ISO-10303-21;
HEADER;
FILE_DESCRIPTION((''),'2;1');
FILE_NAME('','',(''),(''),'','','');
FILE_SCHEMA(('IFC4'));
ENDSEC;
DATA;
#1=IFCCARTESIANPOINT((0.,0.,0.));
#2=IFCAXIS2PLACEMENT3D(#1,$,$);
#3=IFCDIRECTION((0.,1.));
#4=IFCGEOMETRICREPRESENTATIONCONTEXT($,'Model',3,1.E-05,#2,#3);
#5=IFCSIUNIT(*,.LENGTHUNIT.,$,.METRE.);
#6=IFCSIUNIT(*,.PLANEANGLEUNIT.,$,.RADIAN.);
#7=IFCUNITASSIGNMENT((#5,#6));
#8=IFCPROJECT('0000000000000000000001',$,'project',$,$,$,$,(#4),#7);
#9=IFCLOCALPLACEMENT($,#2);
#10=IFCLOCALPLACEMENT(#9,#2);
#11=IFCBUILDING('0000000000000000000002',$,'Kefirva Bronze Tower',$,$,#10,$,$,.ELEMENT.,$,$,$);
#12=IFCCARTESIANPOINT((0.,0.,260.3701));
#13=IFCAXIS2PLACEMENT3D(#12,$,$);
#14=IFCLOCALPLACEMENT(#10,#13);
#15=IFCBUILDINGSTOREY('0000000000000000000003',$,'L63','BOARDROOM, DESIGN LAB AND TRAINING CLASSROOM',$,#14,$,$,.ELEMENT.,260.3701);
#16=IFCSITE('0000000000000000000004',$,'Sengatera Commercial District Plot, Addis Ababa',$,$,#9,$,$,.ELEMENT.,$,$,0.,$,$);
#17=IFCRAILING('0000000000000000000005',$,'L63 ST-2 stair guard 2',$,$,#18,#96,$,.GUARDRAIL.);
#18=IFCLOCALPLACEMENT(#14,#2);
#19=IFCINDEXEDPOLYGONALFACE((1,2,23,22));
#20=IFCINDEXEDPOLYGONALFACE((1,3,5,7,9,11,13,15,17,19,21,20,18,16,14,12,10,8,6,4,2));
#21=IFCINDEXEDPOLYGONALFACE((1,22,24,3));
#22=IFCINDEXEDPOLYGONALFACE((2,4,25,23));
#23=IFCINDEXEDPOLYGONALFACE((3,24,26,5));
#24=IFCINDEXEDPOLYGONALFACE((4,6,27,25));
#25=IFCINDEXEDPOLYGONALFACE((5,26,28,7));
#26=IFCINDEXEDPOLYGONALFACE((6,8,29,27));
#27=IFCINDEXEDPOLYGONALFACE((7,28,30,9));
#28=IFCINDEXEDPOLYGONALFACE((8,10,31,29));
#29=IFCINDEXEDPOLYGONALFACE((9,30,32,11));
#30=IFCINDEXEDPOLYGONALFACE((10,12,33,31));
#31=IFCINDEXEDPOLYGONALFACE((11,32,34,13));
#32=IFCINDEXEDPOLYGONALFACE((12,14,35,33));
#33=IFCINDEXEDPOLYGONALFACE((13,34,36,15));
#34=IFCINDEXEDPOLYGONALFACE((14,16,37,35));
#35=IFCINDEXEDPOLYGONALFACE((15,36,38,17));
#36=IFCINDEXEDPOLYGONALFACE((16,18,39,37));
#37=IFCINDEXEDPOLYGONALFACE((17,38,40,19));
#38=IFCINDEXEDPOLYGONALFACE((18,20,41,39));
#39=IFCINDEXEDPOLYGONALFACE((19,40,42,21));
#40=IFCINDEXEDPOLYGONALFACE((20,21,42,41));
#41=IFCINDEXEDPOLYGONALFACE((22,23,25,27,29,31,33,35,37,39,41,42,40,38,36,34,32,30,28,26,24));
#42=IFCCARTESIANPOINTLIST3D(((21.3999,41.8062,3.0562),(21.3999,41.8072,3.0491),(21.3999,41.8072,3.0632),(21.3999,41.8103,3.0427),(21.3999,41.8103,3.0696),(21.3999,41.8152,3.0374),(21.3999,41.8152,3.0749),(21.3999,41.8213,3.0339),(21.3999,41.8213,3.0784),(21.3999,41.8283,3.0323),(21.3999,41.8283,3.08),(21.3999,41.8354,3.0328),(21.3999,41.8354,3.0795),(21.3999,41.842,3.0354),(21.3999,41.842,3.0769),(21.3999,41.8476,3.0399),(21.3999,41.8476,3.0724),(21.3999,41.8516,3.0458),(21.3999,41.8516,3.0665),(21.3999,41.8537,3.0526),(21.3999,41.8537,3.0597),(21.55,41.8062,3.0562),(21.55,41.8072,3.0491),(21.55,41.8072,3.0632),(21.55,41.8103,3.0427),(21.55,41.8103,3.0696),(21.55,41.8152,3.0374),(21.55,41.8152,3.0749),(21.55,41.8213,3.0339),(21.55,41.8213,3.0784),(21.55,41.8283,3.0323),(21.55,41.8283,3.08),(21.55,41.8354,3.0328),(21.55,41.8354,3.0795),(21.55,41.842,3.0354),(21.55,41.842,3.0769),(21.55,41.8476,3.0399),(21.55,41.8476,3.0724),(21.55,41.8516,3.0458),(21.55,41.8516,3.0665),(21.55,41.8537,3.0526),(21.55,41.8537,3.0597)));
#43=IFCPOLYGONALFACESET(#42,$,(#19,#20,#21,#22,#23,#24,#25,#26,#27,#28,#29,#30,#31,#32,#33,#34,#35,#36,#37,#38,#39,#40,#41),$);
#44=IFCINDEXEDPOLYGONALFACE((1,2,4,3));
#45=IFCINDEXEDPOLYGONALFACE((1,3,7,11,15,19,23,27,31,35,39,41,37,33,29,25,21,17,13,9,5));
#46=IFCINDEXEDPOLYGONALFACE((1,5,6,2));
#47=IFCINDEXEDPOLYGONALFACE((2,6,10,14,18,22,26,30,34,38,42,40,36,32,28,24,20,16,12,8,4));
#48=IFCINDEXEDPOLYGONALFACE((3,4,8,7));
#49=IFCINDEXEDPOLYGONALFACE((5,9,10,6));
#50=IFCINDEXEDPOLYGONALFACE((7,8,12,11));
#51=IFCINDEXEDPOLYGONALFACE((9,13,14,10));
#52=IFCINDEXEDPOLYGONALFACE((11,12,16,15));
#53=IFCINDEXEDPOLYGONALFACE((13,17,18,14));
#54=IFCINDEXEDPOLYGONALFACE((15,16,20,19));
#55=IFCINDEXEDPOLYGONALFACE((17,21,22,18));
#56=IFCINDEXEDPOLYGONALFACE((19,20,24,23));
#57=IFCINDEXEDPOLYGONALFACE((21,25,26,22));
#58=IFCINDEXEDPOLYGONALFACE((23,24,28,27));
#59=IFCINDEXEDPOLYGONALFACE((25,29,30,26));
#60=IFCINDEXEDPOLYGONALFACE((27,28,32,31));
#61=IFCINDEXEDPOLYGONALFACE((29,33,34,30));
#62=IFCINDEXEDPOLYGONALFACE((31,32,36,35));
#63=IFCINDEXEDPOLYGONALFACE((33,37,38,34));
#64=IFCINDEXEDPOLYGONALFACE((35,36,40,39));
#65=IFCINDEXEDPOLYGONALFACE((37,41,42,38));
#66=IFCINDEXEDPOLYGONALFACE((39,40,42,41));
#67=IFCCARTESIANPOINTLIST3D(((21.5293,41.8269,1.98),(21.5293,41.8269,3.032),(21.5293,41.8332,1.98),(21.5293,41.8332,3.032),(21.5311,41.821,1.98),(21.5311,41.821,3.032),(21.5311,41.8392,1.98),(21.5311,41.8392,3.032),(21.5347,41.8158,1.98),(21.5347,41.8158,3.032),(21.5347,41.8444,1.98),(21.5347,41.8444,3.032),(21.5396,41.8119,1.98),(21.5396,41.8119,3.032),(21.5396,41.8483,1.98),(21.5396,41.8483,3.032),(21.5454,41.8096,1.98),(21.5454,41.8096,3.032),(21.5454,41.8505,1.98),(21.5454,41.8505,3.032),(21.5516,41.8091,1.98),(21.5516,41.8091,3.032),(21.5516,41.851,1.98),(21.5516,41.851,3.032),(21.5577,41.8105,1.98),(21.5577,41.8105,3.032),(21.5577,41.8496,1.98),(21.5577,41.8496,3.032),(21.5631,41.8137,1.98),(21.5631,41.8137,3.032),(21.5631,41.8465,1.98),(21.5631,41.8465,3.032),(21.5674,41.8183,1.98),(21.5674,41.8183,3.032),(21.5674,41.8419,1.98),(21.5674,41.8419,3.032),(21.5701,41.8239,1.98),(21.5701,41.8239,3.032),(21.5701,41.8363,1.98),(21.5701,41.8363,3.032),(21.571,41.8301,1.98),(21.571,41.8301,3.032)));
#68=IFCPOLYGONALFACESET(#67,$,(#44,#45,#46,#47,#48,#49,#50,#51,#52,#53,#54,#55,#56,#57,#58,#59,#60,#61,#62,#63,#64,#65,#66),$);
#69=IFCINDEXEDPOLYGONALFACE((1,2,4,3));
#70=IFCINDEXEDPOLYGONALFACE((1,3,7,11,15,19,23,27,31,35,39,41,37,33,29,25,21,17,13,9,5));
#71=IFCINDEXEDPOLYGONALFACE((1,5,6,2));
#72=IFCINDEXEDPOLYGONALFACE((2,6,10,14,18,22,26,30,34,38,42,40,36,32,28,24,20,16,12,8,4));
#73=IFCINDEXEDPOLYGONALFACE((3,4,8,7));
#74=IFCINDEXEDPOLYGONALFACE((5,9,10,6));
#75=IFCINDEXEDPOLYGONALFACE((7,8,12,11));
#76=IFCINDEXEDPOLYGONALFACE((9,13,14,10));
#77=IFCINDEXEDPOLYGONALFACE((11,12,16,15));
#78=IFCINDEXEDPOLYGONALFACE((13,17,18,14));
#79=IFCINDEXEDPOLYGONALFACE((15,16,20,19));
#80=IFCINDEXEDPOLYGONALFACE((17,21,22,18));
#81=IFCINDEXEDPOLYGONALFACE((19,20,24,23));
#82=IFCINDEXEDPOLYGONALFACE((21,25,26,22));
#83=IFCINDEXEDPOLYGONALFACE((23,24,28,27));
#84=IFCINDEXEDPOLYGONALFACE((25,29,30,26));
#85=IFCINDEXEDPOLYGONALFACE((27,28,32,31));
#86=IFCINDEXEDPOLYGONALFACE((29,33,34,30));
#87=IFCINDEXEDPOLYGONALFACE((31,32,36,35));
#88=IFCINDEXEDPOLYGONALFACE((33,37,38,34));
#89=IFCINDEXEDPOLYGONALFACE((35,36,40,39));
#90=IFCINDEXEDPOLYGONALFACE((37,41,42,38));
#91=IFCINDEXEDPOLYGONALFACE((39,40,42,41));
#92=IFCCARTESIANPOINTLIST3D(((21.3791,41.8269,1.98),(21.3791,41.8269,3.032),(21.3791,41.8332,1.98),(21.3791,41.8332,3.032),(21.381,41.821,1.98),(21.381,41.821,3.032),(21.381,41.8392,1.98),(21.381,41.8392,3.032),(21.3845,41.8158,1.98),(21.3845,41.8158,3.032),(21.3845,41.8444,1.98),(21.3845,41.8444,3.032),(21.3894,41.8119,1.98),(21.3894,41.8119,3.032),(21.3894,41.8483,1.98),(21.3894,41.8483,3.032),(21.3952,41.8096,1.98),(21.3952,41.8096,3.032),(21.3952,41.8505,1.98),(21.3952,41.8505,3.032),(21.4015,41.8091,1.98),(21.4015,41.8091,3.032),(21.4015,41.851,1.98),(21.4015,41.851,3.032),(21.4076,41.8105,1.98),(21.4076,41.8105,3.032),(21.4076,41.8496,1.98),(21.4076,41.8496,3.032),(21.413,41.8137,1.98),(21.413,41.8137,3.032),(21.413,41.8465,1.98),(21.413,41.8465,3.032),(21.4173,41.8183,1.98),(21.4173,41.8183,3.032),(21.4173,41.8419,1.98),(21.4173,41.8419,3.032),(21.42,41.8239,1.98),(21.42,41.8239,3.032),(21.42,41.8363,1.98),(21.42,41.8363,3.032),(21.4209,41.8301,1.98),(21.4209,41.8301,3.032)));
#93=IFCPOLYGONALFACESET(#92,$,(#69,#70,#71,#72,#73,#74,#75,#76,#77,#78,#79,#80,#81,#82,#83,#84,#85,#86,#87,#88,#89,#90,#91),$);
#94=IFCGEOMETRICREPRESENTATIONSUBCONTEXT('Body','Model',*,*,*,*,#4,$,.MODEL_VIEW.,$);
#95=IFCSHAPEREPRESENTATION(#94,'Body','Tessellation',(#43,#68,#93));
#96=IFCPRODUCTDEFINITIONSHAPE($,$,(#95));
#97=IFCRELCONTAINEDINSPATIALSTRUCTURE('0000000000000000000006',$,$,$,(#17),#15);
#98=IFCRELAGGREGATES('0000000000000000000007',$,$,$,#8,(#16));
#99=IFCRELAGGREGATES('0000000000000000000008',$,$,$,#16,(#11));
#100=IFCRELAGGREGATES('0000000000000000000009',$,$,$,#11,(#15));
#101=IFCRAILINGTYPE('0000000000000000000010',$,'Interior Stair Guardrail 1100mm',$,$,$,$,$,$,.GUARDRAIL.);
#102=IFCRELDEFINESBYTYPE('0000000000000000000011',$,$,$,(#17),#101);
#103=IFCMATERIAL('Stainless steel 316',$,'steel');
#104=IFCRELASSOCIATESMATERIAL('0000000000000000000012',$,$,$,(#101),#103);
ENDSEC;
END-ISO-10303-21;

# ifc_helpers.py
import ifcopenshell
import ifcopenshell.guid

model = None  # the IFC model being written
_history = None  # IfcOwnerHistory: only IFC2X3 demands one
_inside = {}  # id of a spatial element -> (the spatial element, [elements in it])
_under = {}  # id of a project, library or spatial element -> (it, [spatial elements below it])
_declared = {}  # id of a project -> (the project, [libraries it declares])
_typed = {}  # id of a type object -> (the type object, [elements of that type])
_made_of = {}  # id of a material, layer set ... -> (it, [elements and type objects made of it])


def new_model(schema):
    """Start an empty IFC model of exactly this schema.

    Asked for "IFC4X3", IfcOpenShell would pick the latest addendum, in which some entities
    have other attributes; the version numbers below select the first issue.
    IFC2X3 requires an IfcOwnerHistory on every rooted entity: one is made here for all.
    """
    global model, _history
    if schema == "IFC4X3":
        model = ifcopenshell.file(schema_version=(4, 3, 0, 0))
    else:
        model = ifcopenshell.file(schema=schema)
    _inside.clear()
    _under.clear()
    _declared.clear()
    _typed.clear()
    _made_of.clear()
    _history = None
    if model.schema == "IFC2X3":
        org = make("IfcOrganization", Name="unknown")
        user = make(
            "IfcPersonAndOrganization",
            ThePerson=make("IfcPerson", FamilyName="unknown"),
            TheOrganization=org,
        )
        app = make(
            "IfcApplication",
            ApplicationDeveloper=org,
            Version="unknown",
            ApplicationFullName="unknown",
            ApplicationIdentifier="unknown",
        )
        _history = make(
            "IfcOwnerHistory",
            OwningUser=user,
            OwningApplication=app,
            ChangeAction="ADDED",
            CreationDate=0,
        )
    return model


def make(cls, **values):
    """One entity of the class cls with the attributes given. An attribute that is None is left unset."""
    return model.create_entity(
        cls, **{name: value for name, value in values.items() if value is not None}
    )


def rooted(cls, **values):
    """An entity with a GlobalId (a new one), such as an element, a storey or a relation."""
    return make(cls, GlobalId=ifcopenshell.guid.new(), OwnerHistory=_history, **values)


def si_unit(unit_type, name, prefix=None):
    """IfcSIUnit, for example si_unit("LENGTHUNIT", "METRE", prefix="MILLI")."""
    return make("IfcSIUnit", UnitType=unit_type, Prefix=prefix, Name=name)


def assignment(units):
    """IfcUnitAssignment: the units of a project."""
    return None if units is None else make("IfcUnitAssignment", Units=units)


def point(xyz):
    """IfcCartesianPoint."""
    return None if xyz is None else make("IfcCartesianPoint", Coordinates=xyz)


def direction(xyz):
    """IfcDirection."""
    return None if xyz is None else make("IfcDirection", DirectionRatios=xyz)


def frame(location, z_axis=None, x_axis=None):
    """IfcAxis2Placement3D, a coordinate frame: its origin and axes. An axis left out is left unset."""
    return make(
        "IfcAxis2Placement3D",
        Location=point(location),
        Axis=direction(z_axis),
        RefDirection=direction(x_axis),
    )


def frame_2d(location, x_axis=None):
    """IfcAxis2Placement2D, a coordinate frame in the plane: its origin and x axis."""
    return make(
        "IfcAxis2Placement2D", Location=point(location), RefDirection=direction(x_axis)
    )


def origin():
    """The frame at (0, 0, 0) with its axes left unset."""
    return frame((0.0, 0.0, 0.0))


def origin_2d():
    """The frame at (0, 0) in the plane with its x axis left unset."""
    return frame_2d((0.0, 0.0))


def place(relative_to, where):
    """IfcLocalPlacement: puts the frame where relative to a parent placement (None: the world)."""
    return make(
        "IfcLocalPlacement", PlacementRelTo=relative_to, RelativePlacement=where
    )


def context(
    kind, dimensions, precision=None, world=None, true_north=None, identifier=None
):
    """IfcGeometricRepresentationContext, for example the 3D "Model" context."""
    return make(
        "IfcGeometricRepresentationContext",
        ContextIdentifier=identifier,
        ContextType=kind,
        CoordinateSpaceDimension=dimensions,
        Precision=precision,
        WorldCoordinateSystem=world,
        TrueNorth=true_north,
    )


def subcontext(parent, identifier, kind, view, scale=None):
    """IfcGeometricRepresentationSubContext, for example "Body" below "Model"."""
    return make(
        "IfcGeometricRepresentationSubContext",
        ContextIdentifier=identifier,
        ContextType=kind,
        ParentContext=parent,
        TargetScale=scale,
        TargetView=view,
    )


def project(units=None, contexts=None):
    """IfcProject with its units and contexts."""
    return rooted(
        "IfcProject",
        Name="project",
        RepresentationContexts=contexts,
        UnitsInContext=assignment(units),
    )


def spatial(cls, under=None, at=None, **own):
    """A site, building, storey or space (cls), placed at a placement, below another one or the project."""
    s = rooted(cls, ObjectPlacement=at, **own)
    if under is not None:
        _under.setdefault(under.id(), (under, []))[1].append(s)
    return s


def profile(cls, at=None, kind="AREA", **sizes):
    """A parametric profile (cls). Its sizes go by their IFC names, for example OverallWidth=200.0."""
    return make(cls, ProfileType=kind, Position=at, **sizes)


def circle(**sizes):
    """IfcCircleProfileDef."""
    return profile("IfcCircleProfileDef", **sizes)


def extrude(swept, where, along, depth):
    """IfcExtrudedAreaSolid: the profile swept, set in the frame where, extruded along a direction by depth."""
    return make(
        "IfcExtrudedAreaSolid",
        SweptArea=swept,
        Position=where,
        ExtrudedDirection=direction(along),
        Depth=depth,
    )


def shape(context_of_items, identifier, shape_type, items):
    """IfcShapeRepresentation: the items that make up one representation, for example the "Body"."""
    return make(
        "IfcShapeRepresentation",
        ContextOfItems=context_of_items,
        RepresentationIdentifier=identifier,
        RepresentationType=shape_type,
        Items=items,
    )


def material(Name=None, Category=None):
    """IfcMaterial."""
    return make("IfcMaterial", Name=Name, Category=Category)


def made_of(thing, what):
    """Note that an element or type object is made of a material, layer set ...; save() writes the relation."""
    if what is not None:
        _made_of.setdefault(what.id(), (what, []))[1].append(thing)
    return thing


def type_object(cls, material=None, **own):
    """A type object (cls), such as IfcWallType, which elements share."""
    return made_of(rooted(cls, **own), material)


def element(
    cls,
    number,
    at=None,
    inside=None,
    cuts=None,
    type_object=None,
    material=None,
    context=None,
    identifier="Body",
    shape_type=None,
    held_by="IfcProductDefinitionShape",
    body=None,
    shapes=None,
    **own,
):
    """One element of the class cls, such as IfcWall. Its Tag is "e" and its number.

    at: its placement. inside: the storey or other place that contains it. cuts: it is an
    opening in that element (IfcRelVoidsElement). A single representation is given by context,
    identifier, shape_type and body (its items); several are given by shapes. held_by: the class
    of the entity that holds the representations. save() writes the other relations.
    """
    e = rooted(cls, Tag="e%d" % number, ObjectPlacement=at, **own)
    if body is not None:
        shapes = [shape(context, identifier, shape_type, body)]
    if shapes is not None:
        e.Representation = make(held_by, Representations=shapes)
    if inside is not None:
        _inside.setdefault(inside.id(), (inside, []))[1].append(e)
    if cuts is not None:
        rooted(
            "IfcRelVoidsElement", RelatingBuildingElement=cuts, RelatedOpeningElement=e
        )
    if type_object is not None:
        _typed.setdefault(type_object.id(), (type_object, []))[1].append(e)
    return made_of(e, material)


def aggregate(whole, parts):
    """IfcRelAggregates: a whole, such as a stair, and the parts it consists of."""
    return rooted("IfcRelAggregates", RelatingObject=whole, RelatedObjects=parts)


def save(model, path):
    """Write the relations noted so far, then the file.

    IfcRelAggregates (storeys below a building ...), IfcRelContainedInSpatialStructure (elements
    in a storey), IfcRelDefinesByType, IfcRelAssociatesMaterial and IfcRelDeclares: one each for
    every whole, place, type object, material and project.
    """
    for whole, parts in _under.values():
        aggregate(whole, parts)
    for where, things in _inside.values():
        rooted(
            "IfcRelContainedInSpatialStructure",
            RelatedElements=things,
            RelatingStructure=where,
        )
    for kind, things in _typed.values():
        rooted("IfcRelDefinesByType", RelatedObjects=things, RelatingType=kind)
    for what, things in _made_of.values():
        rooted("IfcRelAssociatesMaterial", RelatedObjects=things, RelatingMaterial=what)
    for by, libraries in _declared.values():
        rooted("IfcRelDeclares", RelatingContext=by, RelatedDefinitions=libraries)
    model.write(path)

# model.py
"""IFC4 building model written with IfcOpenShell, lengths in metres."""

from ifc_helpers import new_model, si_unit, direction, frame, origin, origin_2d, place, context, subcontext, project, spatial, circle, extrude, material, type_object, element, save


model = new_model("IFC4")

# Units and contexts
model_context = context("Model", 3, precision=1e-05, world=origin(), true_north=direction((0.0, 1.0)))
body_context = subcontext(model_context, "Body", "Model", "MODEL_VIEW")
ifc_project = project(units=[si_unit("LENGTHUNIT", "METRE"), si_unit("PLANEANGLEUNIT", "RADIAN")], contexts=[model_context])

# Site, building, storey
site_placement = place(None, origin())
site = spatial("IfcSite", under=ifc_project, at=site_placement, Name="Sengatera Commercial District Plot, Addis Ababa", CompositionType="ELEMENT", RefElevation=0.0)
building_placement = place(site_placement, origin())
building = spatial("IfcBuilding", under=site, at=building_placement, Name="Kefirva Bronze Tower", CompositionType="ELEMENT")
storey_placement = place(building_placement, frame((0.0, 0.0, 260.3701)))
storey = spatial("IfcBuildingStorey", under=building, at=storey_placement, Name="L63", Description="BOARDROOM, DESIGN LAB AND TRAINING CLASSROOM", CompositionType="ELEMENT", Elevation=260.3701)

# Railing
ifc_material_1 = material(Name="Stainless steel 316", Category="steel")
railing_type_1 = type_object("IfcRailingType", Name="Interior Stair Guardrail 1100mm", PredefinedType="GUARDRAIL", material=ifc_material_1)
railing_1_placement = place(storey_placement, frame((21.55, 41.8301, 1.98)))
element("IfcRailing", 1, at=railing_1_placement, inside=storey, type_object=railing_type_1, Name="L63 ST-2 stair guard 2", PredefinedType="GUARDRAIL", context=body_context, shape_type="SweptSolid", body=[
    extrude(circle(Radius=0.0239, at=origin_2d()), frame((0.0, 0.0, 1.0762), z_axis=(-1.0, 0.0, 0.0), x_axis=(0.0, -1.0, 0.0)), (0.0, 0.0, 1.0), 0.1501),
    extrude(circle(Radius=0.021, at=origin_2d()), origin(), (0.0, 0.0, 1.0), 1.052),
    extrude(circle(Radius=0.021, at=origin_2d()), frame((-0.1501, 0.0, 0.0)), (0.0, 0.0, 1.0), 1.052),
])

save(model, "model.ifc")
